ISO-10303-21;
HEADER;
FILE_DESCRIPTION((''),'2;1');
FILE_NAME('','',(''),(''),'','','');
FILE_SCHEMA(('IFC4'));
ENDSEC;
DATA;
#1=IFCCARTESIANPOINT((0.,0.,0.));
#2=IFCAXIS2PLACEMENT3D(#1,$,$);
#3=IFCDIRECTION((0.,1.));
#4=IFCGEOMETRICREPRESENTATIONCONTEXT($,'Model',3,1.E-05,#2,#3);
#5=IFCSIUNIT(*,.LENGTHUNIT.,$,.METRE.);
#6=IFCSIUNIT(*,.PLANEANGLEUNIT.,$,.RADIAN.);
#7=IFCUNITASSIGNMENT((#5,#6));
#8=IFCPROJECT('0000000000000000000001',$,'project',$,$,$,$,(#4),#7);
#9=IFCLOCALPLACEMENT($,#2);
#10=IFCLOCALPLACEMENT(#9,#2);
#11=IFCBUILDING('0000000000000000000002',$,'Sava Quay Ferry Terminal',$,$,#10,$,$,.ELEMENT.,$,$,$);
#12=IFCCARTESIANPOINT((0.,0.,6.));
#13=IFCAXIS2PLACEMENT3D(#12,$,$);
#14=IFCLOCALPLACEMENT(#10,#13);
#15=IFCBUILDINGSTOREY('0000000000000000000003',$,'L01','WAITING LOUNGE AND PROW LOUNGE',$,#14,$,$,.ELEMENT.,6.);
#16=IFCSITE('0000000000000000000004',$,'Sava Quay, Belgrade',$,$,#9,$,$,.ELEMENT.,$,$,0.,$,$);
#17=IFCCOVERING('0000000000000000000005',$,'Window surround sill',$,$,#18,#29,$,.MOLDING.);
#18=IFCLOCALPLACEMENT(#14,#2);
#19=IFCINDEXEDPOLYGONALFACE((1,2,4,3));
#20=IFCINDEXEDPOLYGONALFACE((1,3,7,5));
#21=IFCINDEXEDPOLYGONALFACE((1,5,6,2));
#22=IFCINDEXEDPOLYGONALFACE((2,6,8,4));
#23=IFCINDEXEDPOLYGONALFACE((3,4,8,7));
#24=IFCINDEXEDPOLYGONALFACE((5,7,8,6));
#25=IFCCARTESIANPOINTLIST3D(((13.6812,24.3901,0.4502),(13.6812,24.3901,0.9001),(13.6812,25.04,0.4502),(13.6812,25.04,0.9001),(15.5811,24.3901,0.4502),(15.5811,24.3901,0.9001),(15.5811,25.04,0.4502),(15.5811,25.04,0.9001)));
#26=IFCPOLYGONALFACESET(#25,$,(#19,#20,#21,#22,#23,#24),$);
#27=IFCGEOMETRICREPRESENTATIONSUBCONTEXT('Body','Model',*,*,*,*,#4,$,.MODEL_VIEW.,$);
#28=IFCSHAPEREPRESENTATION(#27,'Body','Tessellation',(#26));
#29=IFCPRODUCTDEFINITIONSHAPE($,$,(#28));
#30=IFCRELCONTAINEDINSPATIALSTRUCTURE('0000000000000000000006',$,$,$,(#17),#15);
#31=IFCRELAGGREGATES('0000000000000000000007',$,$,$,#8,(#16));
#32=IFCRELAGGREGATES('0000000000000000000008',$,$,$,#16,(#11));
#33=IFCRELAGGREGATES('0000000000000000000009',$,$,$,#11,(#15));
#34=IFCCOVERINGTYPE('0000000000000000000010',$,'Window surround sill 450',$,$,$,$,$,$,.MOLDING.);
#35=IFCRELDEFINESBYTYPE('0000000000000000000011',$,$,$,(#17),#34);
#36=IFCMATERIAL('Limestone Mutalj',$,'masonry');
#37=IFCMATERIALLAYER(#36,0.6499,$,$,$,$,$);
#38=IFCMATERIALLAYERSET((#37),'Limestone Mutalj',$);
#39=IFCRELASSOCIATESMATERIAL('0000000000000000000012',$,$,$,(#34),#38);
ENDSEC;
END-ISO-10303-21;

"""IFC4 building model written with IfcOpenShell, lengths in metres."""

from ifc_helpers import new_model, si_unit, direction, frame, origin, origin_2d, place, context, subcontext, project, spatial, rectangle, extrude, material, layer, layer_set, type_object, element, save


model = new_model("IFC4")

# Units and contexts
model_context = context("Model", 3, precision=1e-05, world=origin(), true_north=direction((0.0, 1.0)))
body_context = subcontext(model_context, "Body", "Model", "MODEL_VIEW")
ifc_project = project(units=[si_unit("LENGTHUNIT", "METRE"), si_unit("PLANEANGLEUNIT", "RADIAN")], contexts=[model_context])

# Site, building, storey
site_placement = place(None, origin())
site = spatial("IfcSite", under=ifc_project, at=site_placement, Name="Sava Quay, Belgrade", CompositionType="ELEMENT", RefElevation=0.0)
building_placement = place(site_placement, origin())
building = spatial("IfcBuilding", under=site, at=building_placement, Name="Sava Quay Ferry Terminal", CompositionType="ELEMENT")
storey_placement = place(building_placement, frame((0.0, 0.0, 6.0)))
storey = spatial("IfcBuildingStorey", under=building, at=storey_placement, Name="L01", Description="WAITING LOUNGE AND PROW LOUNGE", CompositionType="ELEMENT", Elevation=6.0)

# Covering
ifc_material_1 = material(Name="Limestone Mutalj", Category="masonry")
ifc_layer_1 = layer(ifc_material_1, 0.6499)
ifc_layer_set_1 = layer_set([ifc_layer_1], Name="Limestone Mutalj")
covering_type_1 = type_object("IfcCoveringType", Name="Window surround sill 450", PredefinedType="MOLDING", material=ifc_layer_set_1)
covering_1_placement = place(storey_placement, frame((14.6311, 24.7151, 0.4502), z_axis=(0.0, 0.0, 1.0), x_axis=(1.0, 0.0, 0.0)))
element("IfcCovering", 1, at=covering_1_placement, inside=storey, type_object=covering_type_1, Name="Window surround sill", PredefinedType="MOLDING", context=body_context, shape_type="SweptSolid", body=[
    extrude(rectangle(XDim=1.8999, YDim=0.6499, at=origin_2d()), origin(), (0.0, 0.0, 1.0), 0.45),
])

save(model, "model.ifc")
